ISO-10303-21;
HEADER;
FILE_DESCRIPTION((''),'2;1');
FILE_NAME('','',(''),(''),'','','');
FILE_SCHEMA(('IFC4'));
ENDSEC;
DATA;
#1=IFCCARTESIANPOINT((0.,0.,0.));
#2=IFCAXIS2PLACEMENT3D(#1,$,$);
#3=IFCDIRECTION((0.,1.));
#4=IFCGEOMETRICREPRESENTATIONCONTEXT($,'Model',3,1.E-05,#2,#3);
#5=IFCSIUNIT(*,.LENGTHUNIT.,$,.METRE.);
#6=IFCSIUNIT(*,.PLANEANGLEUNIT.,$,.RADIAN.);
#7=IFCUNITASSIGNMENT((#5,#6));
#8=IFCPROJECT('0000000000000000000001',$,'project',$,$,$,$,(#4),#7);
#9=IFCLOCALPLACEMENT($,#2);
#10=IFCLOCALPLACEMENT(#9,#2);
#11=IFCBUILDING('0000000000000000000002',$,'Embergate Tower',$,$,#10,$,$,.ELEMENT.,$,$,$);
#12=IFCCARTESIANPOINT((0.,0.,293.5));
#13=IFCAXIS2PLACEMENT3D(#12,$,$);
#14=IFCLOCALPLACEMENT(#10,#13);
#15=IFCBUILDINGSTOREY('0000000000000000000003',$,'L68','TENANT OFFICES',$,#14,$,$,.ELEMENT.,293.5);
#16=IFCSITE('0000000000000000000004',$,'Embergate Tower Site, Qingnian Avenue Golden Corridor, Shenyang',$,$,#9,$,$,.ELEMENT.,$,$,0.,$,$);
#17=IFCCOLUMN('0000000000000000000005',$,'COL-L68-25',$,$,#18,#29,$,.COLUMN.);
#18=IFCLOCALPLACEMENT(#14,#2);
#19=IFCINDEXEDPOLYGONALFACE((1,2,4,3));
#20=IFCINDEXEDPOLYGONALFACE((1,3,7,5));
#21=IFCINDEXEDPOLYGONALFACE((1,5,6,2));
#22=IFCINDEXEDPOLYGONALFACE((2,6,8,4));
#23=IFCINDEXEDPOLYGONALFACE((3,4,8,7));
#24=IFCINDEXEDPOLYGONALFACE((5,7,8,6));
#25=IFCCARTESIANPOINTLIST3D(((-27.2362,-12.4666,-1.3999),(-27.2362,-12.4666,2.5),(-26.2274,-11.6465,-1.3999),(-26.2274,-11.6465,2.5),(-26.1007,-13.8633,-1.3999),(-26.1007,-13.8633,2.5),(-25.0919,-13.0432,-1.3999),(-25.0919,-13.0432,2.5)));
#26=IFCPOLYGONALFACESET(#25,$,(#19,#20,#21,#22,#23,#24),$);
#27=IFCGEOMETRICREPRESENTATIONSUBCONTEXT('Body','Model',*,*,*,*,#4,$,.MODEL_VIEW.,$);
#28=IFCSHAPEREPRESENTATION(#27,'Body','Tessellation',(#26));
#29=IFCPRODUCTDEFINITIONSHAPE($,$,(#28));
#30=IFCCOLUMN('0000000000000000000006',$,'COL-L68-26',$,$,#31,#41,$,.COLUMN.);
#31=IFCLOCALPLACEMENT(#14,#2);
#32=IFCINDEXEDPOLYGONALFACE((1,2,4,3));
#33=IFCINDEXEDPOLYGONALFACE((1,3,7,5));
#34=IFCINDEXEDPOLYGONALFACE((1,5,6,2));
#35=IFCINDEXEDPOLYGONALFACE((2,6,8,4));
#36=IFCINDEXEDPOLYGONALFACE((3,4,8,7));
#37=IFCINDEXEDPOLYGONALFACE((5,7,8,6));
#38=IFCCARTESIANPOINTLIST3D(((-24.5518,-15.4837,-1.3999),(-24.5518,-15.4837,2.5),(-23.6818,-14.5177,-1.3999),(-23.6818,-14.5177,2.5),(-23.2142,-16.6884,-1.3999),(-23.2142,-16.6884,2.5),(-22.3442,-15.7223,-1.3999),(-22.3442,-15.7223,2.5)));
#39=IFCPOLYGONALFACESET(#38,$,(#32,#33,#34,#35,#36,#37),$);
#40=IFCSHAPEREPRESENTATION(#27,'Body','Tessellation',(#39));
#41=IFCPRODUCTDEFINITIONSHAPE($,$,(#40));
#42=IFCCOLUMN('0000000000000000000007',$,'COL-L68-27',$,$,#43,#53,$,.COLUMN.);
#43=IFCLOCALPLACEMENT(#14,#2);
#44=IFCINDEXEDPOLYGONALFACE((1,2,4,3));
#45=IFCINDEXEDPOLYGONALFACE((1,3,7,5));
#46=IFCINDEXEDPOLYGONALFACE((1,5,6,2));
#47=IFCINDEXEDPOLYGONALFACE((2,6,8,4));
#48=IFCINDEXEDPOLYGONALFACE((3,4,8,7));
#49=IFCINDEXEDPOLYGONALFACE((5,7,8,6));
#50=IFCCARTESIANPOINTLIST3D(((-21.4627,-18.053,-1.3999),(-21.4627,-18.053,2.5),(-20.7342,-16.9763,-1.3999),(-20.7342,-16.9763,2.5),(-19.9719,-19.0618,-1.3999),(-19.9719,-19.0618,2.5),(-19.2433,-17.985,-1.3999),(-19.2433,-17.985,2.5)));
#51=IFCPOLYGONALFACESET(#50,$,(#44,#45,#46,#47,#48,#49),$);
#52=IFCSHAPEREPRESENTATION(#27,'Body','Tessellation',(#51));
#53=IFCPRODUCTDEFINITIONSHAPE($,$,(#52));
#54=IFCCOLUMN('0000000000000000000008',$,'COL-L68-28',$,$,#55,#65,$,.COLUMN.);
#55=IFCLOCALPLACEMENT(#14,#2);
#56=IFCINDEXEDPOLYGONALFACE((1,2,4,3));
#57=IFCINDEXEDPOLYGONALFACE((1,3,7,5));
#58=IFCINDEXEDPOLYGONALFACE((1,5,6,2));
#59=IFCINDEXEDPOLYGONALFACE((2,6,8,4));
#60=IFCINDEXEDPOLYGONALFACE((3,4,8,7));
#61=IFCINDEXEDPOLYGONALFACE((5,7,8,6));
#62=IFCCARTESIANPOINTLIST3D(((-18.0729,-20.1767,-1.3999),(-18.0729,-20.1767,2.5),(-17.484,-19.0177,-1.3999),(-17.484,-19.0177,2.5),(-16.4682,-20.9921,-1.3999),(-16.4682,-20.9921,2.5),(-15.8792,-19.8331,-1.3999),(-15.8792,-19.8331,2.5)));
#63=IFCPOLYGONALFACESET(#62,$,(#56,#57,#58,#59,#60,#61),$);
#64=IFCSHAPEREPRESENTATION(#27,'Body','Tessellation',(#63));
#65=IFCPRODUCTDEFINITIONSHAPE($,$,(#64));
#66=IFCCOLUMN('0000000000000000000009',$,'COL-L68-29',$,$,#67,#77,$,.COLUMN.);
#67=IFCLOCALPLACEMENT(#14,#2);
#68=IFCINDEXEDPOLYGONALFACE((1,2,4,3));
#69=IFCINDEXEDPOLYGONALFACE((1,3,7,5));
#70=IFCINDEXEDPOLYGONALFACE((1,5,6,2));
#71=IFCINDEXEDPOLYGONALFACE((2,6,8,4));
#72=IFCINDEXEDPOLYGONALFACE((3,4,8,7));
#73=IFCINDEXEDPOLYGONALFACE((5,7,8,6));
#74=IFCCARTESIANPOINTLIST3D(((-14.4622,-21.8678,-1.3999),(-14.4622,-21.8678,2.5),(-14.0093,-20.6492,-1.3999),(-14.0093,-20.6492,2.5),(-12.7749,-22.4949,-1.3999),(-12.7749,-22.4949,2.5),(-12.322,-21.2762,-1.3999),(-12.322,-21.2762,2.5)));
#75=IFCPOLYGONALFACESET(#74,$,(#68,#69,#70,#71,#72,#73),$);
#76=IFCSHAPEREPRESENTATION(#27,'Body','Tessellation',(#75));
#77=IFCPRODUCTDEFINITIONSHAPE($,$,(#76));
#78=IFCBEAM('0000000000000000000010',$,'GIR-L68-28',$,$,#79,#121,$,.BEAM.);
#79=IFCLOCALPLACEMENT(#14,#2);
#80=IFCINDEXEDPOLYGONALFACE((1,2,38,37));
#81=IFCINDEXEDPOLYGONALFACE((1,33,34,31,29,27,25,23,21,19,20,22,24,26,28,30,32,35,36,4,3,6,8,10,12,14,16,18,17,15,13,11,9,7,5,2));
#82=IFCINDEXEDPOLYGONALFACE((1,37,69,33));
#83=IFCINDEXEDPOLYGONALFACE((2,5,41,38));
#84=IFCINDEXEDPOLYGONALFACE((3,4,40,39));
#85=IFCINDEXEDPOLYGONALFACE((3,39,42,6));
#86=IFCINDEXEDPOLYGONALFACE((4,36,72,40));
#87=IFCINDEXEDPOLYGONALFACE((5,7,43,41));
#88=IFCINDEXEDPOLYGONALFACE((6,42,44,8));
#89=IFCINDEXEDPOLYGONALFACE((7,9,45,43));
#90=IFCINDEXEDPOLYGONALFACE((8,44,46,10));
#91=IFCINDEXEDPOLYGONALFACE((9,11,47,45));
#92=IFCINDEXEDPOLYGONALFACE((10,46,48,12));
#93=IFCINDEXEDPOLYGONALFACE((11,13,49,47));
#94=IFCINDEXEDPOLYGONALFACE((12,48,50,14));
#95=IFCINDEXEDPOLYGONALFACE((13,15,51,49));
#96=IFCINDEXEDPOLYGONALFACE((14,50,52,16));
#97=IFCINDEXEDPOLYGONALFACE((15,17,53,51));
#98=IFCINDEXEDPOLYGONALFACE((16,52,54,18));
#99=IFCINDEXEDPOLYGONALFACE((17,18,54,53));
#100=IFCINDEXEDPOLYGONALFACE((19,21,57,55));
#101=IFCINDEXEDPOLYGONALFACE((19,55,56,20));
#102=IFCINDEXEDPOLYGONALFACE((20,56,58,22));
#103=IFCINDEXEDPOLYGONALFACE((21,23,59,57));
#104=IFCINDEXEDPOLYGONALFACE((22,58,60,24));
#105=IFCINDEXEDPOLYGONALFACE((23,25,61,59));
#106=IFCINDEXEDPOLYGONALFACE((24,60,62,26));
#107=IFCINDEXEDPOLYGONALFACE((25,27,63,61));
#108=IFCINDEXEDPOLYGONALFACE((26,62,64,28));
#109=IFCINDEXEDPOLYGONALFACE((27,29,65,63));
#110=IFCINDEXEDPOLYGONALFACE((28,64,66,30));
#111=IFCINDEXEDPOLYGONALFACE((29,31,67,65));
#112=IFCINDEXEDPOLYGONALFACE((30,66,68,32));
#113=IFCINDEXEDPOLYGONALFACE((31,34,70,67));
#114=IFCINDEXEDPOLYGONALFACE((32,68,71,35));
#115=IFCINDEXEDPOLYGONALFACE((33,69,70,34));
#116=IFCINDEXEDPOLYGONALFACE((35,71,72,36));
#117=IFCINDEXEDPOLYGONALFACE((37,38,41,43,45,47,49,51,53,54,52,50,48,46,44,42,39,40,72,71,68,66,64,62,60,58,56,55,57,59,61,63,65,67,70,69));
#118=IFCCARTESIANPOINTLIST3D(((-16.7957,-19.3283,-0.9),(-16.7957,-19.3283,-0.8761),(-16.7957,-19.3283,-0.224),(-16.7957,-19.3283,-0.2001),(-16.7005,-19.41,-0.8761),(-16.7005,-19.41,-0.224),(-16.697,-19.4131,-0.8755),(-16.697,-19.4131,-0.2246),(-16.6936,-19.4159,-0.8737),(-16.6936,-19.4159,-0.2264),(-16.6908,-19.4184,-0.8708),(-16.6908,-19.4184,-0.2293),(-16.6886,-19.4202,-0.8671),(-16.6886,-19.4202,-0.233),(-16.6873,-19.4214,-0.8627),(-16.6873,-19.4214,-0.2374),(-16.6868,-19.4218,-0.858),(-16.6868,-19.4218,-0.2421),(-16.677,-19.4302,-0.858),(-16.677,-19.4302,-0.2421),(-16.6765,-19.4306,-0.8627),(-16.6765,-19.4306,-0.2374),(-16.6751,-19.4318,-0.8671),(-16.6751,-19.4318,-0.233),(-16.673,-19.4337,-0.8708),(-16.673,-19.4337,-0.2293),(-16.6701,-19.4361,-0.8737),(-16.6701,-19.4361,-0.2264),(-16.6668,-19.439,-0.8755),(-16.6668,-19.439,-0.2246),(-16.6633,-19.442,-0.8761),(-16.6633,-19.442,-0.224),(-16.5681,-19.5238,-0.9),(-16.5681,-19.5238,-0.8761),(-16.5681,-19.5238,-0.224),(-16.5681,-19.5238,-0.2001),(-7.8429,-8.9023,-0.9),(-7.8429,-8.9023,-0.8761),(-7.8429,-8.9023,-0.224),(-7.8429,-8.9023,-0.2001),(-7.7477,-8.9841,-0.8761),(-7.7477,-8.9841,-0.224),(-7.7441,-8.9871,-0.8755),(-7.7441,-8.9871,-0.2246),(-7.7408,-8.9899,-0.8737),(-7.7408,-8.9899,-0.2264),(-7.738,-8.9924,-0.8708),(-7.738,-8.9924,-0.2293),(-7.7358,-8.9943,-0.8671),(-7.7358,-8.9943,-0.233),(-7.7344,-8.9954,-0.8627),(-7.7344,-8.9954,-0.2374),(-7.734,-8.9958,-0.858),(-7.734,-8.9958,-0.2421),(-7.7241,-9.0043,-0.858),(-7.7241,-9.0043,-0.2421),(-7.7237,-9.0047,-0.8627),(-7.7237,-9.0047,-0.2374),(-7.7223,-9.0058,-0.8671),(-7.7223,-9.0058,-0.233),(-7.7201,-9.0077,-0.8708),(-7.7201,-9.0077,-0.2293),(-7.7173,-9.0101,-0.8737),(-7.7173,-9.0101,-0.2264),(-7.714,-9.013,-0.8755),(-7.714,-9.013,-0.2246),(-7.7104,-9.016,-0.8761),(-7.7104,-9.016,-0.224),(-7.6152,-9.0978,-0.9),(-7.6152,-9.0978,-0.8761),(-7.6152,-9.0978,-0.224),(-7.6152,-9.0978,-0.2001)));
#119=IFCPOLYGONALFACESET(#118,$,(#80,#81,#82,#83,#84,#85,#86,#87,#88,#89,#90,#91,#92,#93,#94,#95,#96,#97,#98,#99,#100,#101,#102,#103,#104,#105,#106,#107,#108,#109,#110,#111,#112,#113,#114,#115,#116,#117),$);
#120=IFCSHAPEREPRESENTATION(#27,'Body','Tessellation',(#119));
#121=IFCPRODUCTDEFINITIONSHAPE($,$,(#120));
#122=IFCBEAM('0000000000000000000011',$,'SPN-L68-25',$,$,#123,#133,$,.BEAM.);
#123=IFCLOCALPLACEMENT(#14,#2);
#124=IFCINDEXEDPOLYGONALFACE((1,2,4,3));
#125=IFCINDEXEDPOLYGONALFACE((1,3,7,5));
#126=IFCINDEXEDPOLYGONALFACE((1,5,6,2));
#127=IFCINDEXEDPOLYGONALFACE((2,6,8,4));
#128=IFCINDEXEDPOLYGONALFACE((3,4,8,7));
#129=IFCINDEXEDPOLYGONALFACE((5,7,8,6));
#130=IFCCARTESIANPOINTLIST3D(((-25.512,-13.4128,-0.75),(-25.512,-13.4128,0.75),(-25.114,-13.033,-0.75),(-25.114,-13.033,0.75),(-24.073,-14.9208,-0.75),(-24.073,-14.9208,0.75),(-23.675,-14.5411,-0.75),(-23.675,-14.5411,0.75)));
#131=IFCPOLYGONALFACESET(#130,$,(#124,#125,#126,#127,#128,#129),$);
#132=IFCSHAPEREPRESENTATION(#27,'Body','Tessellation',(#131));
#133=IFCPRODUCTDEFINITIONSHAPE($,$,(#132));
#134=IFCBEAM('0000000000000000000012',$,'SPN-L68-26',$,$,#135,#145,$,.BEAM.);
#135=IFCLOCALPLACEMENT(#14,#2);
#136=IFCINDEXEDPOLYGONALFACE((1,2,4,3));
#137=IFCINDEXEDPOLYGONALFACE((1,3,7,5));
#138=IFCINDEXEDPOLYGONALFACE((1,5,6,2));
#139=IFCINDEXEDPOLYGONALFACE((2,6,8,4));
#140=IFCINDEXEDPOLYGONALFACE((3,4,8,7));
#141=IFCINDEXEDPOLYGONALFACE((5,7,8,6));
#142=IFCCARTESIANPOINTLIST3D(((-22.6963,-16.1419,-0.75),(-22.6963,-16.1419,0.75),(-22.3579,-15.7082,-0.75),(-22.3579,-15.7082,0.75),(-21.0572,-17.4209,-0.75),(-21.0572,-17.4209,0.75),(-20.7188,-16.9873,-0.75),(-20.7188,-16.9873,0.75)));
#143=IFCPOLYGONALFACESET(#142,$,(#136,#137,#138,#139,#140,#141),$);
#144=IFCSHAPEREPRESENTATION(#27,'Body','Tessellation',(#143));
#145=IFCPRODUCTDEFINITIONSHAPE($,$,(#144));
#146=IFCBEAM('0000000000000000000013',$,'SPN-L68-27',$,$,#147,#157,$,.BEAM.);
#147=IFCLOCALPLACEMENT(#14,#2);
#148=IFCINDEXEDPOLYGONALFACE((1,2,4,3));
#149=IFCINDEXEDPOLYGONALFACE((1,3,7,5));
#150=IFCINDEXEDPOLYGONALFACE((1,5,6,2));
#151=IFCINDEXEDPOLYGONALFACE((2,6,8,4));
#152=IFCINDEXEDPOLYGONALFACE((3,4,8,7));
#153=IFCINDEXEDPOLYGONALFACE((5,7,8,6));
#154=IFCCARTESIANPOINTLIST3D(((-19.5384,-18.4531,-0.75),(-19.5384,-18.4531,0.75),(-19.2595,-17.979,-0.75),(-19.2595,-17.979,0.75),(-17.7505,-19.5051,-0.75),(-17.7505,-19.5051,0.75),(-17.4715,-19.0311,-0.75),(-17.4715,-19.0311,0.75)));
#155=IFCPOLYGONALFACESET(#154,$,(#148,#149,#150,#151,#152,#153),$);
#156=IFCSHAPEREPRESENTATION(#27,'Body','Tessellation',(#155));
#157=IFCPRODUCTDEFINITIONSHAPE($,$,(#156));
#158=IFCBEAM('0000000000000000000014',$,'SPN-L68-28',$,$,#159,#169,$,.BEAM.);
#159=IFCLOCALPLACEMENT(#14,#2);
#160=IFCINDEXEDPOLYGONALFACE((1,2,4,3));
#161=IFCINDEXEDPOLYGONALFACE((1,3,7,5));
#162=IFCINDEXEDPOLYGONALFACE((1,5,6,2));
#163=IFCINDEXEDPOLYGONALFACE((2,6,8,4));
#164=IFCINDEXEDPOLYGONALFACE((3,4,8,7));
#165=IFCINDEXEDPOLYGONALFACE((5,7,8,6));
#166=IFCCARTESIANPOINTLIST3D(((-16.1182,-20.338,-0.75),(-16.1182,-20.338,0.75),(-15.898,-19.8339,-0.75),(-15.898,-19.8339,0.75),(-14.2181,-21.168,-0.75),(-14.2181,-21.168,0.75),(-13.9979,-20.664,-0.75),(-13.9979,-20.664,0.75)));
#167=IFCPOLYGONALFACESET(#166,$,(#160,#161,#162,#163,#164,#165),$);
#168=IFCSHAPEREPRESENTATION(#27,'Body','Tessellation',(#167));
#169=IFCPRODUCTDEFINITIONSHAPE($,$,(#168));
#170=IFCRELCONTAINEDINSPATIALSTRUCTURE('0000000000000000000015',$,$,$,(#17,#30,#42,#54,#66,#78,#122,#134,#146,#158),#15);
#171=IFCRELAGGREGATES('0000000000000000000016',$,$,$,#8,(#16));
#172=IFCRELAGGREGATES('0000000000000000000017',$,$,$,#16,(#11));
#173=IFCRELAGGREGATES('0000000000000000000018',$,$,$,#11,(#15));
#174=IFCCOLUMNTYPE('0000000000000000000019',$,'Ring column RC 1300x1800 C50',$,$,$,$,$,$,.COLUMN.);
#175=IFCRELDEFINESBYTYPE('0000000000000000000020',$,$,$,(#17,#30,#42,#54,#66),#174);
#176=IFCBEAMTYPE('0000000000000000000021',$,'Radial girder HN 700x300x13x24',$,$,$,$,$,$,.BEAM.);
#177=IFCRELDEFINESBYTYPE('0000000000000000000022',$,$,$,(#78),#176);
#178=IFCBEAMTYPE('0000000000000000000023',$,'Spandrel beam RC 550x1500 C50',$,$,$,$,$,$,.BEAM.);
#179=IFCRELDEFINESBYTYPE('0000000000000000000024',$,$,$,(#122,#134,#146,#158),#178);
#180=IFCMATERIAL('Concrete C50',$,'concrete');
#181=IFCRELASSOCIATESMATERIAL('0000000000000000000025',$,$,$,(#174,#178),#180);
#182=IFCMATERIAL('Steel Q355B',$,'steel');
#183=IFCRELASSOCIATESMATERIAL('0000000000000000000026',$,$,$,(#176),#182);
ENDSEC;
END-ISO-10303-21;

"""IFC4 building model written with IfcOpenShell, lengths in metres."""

from ifc_helpers import new_model, si_unit, direction, frame, origin, origin_2d, place, context, subcontext, project, spatial, rectangle, i_section, extrude, source, transform, mapped, material, material_profile, profile_set, type_object, element, save


model = new_model("IFC4")

# Units and contexts
model_context = context("Model", 3, precision=1e-05, world=origin(), true_north=direction((0.0, 1.0)))
body_context = subcontext(model_context, "Body", "Model", "MODEL_VIEW")
ifc_project = project(units=[si_unit("LENGTHUNIT", "METRE"), si_unit("PLANEANGLEUNIT", "RADIAN")], contexts=[model_context])

# Site, building, storey
site_placement = place(None, origin())
site = spatial("IfcSite", under=ifc_project, at=site_placement, Name="Embergate Tower Site, Qingnian Avenue Golden Corridor, Shenyang", CompositionType="ELEMENT", RefElevation=0.0)
building_placement = place(site_placement, origin())
building = spatial("IfcBuilding", under=site, at=building_placement, Name="Embergate Tower", CompositionType="ELEMENT")
storey_placement = place(building_placement, frame((0.0, 0.0, 293.5)))
storey = spatial("IfcBuildingStorey", under=building, at=storey_placement, Name="L68", Description="TENANT OFFICES", CompositionType="ELEMENT", Elevation=293.5)

# Columns
ifc_material_1 = material(Name="Concrete C50", Category="concrete")
ifc_material_profile_1 = material_profile(ifc_material_1, rectangle(XDim=1.3, YDim=1.8, at=origin_2d()), Name="RC 1300x1800")
ifc_profile_set_1 = profile_set([ifc_material_profile_1], Name="Concrete C50")
column_type = type_object("IfcColumnType", Name="Ring column RC 1300x1800 C50", PredefinedType="COLUMN", material=ifc_profile_set_1)
shared_shape_1 = source(origin(), body_context, "Body", "SweptSolid", [
    extrude(rectangle(XDim=1.3, YDim=1.8, at=origin_2d()), origin(), (0.0, 0.0, 1.0), 3.8999),
])
for number, where, z_axis, x_axis, name in (
    (1, (-26.1641, -12.7549, -1.3999), (0.0, 0.0, 1.0), (-0.775925, -0.630825, 0.0), "COL-L68-25"),
    (2, (-23.448, -15.603, -1.3999), (0.0, 0.0, 1.0), (-0.669221, -0.743063, 0.0), "COL-L68-26"),
    (3, (-20.353, -18.019, -1.3999), (0.0, 0.0, 1.0), (-0.560393, -0.828227, 0.0), "COL-L68-27"),
    (4, (-16.9761, -20.0049, -1.3999), (0.0, 0.0, 1.0), (-0.453011, -0.891505, 0.0), "COL-L68-28"),
    (5, (-13.3921, -21.572, -1.3999), (0.0, 0.0, 1.0), (-0.348343, -0.937367, 0.0), "COL-L68-29"),
):
    element("IfcColumn", number, at=place(storey_placement, frame(where, z_axis=z_axis, x_axis=x_axis)), inside=storey, type_object=column_type, Name=name, PredefinedType="COLUMN", context=body_context, shape_type="MappedRepresentation", body=[
        mapped(shared_shape_1, transform((0.0, 0.0, 0.0))),
    ])

# Beams
ifc_material_2 = material(Name="Steel Q355B", Category="steel")
ifc_material_profile_2 = material_profile(ifc_material_2, i_section(OverallWidth=0.3, OverallDepth=0.7, WebThickness=0.0129, FlangeThickness=0.0239, FilletRadius=0.0181, at=origin_2d()), Name="HN 700x300x13x24")
ifc_profile_set_2 = profile_set([ifc_material_profile_2], Name="Steel Q355 grade B")
beam_type_1 = type_object("IfcBeamType", Name="Radial girder HN 700x300x13x24", PredefinedType="BEAM", material=ifc_profile_set_2)
shared_shape_2 = source(origin(), body_context, "Body", "SweptSolid", [
    extrude(i_section(OverallWidth=0.3, OverallDepth=0.7, WebThickness=0.0129, FlangeThickness=0.0239, FilletRadius=0.0181, at=origin_2d()), origin(), (0.0, 0.0, 1.0), 13.7424),
])
beam_1_placement = place(storey_placement, frame((-16.6819, -19.426, -0.55), z_axis=(0.651474, 0.758671, 0.0), x_axis=(-0.758671, 0.651474, 0.0)))
element("IfcBeam", 6, at=beam_1_placement, inside=storey, type_object=beam_type_1, Name="GIR-L68-28", PredefinedType="BEAM", context=body_context, shape_type="MappedRepresentation", body=[
    mapped(shared_shape_2, transform((0.0, 0.0, 0.0))),
])
ifc_material_profile_3 = material_profile(ifc_material_1, rectangle(XDim=0.55, YDim=1.5, at=origin_2d()), Name="RC 550x1500")
ifc_profile_set_3 = profile_set([ifc_material_profile_3], Name="Concrete C50")
beam_type_2 = type_object("IfcBeamType", Name="Spandrel beam RC 550x1500 C50", PredefinedType="BEAM", material=ifc_profile_set_3)
shared_shape_3 = source(origin(), body_context, "Body", "SweptSolid", [
    extrude(rectangle(XDim=0.55, YDim=1.5, at=origin_2d()), origin(), (0.0, 0.0, 1.0), 2.0845),
])
beam_2_placement = place(storey_placement, frame((-25.313, -13.2229, 0.0), z_axis=(0.690339, -0.723486, 0.0), x_axis=(0.723486, 0.690339, 0.0)))
element("IfcBeam", 7, at=beam_2_placement, inside=storey, type_object=beam_type_2, Name="SPN-L68-25", PredefinedType="BEAM", context=body_context, shape_type="MappedRepresentation", body=[
    mapped(shared_shape_3, transform((0.0, 0.0, 0.0))),
])
shared_shape_4 = source(origin(), body_context, "Body", "SweptSolid", [
    extrude(rectangle(XDim=0.55, YDim=1.5, at=origin_2d()), origin(), (0.0, 0.0, 1.0), 2.0791),
])
beam_3_placement = place(storey_placement, frame((-22.5271, -15.925, 0.0), z_axis=(0.788384, -0.615184, 0.0), x_axis=(0.615184, 0.788384, 0.0)))
element("IfcBeam", 8, at=beam_3_placement, inside=storey, type_object=beam_type_2, Name="SPN-L68-26", PredefinedType="BEAM", context=body_context, shape_type="MappedRepresentation", body=[
    mapped(shared_shape_4, transform((0.0, 0.0, 0.0))),
])
shared_shape_5 = source(origin(), body_context, "Body", "SweptSolid", [
    extrude(rectangle(XDim=0.55, YDim=1.5, at=origin_2d()), origin(), (0.0, 0.0, 1.0), 2.0745),
])
beam_4_placement = place(storey_placement, frame((-19.3989, -18.2161, 0.0), z_axis=(0.861865, -0.507138, 0.0), x_axis=(0.507138, 0.861865, 0.0)))
element("IfcBeam", 9, at=beam_4_placement, inside=storey, type_object=beam_type_2, Name="SPN-L68-27", PredefinedType="BEAM", context=body_context, shape_type="MappedRepresentation", body=[
    mapped(shared_shape_5, transform((0.0, 0.0, 0.0))),
])
shared_shape_6 = source(origin(), body_context, "Body", "SweptSolid", [
    extrude(rectangle(XDim=0.55, YDim=1.5, at=origin_2d()), origin(), (0.0, 0.0, 1.0), 2.0735),
])
beam_5_placement = place(storey_placement, frame((-16.0081, -20.0859, 0.0), z_axis=(0.916376, -0.400318, 0.0), x_axis=(0.400318, 0.916376, 0.0)))
element("IfcBeam", 10, at=beam_5_placement, inside=storey, type_object=beam_type_2, Name="SPN-L68-28", PredefinedType="BEAM", context=body_context, shape_type="MappedRepresentation", body=[
    mapped(shared_shape_6, transform((0.0, 0.0, 0.0))),
])

save(model, "model.ifc")
